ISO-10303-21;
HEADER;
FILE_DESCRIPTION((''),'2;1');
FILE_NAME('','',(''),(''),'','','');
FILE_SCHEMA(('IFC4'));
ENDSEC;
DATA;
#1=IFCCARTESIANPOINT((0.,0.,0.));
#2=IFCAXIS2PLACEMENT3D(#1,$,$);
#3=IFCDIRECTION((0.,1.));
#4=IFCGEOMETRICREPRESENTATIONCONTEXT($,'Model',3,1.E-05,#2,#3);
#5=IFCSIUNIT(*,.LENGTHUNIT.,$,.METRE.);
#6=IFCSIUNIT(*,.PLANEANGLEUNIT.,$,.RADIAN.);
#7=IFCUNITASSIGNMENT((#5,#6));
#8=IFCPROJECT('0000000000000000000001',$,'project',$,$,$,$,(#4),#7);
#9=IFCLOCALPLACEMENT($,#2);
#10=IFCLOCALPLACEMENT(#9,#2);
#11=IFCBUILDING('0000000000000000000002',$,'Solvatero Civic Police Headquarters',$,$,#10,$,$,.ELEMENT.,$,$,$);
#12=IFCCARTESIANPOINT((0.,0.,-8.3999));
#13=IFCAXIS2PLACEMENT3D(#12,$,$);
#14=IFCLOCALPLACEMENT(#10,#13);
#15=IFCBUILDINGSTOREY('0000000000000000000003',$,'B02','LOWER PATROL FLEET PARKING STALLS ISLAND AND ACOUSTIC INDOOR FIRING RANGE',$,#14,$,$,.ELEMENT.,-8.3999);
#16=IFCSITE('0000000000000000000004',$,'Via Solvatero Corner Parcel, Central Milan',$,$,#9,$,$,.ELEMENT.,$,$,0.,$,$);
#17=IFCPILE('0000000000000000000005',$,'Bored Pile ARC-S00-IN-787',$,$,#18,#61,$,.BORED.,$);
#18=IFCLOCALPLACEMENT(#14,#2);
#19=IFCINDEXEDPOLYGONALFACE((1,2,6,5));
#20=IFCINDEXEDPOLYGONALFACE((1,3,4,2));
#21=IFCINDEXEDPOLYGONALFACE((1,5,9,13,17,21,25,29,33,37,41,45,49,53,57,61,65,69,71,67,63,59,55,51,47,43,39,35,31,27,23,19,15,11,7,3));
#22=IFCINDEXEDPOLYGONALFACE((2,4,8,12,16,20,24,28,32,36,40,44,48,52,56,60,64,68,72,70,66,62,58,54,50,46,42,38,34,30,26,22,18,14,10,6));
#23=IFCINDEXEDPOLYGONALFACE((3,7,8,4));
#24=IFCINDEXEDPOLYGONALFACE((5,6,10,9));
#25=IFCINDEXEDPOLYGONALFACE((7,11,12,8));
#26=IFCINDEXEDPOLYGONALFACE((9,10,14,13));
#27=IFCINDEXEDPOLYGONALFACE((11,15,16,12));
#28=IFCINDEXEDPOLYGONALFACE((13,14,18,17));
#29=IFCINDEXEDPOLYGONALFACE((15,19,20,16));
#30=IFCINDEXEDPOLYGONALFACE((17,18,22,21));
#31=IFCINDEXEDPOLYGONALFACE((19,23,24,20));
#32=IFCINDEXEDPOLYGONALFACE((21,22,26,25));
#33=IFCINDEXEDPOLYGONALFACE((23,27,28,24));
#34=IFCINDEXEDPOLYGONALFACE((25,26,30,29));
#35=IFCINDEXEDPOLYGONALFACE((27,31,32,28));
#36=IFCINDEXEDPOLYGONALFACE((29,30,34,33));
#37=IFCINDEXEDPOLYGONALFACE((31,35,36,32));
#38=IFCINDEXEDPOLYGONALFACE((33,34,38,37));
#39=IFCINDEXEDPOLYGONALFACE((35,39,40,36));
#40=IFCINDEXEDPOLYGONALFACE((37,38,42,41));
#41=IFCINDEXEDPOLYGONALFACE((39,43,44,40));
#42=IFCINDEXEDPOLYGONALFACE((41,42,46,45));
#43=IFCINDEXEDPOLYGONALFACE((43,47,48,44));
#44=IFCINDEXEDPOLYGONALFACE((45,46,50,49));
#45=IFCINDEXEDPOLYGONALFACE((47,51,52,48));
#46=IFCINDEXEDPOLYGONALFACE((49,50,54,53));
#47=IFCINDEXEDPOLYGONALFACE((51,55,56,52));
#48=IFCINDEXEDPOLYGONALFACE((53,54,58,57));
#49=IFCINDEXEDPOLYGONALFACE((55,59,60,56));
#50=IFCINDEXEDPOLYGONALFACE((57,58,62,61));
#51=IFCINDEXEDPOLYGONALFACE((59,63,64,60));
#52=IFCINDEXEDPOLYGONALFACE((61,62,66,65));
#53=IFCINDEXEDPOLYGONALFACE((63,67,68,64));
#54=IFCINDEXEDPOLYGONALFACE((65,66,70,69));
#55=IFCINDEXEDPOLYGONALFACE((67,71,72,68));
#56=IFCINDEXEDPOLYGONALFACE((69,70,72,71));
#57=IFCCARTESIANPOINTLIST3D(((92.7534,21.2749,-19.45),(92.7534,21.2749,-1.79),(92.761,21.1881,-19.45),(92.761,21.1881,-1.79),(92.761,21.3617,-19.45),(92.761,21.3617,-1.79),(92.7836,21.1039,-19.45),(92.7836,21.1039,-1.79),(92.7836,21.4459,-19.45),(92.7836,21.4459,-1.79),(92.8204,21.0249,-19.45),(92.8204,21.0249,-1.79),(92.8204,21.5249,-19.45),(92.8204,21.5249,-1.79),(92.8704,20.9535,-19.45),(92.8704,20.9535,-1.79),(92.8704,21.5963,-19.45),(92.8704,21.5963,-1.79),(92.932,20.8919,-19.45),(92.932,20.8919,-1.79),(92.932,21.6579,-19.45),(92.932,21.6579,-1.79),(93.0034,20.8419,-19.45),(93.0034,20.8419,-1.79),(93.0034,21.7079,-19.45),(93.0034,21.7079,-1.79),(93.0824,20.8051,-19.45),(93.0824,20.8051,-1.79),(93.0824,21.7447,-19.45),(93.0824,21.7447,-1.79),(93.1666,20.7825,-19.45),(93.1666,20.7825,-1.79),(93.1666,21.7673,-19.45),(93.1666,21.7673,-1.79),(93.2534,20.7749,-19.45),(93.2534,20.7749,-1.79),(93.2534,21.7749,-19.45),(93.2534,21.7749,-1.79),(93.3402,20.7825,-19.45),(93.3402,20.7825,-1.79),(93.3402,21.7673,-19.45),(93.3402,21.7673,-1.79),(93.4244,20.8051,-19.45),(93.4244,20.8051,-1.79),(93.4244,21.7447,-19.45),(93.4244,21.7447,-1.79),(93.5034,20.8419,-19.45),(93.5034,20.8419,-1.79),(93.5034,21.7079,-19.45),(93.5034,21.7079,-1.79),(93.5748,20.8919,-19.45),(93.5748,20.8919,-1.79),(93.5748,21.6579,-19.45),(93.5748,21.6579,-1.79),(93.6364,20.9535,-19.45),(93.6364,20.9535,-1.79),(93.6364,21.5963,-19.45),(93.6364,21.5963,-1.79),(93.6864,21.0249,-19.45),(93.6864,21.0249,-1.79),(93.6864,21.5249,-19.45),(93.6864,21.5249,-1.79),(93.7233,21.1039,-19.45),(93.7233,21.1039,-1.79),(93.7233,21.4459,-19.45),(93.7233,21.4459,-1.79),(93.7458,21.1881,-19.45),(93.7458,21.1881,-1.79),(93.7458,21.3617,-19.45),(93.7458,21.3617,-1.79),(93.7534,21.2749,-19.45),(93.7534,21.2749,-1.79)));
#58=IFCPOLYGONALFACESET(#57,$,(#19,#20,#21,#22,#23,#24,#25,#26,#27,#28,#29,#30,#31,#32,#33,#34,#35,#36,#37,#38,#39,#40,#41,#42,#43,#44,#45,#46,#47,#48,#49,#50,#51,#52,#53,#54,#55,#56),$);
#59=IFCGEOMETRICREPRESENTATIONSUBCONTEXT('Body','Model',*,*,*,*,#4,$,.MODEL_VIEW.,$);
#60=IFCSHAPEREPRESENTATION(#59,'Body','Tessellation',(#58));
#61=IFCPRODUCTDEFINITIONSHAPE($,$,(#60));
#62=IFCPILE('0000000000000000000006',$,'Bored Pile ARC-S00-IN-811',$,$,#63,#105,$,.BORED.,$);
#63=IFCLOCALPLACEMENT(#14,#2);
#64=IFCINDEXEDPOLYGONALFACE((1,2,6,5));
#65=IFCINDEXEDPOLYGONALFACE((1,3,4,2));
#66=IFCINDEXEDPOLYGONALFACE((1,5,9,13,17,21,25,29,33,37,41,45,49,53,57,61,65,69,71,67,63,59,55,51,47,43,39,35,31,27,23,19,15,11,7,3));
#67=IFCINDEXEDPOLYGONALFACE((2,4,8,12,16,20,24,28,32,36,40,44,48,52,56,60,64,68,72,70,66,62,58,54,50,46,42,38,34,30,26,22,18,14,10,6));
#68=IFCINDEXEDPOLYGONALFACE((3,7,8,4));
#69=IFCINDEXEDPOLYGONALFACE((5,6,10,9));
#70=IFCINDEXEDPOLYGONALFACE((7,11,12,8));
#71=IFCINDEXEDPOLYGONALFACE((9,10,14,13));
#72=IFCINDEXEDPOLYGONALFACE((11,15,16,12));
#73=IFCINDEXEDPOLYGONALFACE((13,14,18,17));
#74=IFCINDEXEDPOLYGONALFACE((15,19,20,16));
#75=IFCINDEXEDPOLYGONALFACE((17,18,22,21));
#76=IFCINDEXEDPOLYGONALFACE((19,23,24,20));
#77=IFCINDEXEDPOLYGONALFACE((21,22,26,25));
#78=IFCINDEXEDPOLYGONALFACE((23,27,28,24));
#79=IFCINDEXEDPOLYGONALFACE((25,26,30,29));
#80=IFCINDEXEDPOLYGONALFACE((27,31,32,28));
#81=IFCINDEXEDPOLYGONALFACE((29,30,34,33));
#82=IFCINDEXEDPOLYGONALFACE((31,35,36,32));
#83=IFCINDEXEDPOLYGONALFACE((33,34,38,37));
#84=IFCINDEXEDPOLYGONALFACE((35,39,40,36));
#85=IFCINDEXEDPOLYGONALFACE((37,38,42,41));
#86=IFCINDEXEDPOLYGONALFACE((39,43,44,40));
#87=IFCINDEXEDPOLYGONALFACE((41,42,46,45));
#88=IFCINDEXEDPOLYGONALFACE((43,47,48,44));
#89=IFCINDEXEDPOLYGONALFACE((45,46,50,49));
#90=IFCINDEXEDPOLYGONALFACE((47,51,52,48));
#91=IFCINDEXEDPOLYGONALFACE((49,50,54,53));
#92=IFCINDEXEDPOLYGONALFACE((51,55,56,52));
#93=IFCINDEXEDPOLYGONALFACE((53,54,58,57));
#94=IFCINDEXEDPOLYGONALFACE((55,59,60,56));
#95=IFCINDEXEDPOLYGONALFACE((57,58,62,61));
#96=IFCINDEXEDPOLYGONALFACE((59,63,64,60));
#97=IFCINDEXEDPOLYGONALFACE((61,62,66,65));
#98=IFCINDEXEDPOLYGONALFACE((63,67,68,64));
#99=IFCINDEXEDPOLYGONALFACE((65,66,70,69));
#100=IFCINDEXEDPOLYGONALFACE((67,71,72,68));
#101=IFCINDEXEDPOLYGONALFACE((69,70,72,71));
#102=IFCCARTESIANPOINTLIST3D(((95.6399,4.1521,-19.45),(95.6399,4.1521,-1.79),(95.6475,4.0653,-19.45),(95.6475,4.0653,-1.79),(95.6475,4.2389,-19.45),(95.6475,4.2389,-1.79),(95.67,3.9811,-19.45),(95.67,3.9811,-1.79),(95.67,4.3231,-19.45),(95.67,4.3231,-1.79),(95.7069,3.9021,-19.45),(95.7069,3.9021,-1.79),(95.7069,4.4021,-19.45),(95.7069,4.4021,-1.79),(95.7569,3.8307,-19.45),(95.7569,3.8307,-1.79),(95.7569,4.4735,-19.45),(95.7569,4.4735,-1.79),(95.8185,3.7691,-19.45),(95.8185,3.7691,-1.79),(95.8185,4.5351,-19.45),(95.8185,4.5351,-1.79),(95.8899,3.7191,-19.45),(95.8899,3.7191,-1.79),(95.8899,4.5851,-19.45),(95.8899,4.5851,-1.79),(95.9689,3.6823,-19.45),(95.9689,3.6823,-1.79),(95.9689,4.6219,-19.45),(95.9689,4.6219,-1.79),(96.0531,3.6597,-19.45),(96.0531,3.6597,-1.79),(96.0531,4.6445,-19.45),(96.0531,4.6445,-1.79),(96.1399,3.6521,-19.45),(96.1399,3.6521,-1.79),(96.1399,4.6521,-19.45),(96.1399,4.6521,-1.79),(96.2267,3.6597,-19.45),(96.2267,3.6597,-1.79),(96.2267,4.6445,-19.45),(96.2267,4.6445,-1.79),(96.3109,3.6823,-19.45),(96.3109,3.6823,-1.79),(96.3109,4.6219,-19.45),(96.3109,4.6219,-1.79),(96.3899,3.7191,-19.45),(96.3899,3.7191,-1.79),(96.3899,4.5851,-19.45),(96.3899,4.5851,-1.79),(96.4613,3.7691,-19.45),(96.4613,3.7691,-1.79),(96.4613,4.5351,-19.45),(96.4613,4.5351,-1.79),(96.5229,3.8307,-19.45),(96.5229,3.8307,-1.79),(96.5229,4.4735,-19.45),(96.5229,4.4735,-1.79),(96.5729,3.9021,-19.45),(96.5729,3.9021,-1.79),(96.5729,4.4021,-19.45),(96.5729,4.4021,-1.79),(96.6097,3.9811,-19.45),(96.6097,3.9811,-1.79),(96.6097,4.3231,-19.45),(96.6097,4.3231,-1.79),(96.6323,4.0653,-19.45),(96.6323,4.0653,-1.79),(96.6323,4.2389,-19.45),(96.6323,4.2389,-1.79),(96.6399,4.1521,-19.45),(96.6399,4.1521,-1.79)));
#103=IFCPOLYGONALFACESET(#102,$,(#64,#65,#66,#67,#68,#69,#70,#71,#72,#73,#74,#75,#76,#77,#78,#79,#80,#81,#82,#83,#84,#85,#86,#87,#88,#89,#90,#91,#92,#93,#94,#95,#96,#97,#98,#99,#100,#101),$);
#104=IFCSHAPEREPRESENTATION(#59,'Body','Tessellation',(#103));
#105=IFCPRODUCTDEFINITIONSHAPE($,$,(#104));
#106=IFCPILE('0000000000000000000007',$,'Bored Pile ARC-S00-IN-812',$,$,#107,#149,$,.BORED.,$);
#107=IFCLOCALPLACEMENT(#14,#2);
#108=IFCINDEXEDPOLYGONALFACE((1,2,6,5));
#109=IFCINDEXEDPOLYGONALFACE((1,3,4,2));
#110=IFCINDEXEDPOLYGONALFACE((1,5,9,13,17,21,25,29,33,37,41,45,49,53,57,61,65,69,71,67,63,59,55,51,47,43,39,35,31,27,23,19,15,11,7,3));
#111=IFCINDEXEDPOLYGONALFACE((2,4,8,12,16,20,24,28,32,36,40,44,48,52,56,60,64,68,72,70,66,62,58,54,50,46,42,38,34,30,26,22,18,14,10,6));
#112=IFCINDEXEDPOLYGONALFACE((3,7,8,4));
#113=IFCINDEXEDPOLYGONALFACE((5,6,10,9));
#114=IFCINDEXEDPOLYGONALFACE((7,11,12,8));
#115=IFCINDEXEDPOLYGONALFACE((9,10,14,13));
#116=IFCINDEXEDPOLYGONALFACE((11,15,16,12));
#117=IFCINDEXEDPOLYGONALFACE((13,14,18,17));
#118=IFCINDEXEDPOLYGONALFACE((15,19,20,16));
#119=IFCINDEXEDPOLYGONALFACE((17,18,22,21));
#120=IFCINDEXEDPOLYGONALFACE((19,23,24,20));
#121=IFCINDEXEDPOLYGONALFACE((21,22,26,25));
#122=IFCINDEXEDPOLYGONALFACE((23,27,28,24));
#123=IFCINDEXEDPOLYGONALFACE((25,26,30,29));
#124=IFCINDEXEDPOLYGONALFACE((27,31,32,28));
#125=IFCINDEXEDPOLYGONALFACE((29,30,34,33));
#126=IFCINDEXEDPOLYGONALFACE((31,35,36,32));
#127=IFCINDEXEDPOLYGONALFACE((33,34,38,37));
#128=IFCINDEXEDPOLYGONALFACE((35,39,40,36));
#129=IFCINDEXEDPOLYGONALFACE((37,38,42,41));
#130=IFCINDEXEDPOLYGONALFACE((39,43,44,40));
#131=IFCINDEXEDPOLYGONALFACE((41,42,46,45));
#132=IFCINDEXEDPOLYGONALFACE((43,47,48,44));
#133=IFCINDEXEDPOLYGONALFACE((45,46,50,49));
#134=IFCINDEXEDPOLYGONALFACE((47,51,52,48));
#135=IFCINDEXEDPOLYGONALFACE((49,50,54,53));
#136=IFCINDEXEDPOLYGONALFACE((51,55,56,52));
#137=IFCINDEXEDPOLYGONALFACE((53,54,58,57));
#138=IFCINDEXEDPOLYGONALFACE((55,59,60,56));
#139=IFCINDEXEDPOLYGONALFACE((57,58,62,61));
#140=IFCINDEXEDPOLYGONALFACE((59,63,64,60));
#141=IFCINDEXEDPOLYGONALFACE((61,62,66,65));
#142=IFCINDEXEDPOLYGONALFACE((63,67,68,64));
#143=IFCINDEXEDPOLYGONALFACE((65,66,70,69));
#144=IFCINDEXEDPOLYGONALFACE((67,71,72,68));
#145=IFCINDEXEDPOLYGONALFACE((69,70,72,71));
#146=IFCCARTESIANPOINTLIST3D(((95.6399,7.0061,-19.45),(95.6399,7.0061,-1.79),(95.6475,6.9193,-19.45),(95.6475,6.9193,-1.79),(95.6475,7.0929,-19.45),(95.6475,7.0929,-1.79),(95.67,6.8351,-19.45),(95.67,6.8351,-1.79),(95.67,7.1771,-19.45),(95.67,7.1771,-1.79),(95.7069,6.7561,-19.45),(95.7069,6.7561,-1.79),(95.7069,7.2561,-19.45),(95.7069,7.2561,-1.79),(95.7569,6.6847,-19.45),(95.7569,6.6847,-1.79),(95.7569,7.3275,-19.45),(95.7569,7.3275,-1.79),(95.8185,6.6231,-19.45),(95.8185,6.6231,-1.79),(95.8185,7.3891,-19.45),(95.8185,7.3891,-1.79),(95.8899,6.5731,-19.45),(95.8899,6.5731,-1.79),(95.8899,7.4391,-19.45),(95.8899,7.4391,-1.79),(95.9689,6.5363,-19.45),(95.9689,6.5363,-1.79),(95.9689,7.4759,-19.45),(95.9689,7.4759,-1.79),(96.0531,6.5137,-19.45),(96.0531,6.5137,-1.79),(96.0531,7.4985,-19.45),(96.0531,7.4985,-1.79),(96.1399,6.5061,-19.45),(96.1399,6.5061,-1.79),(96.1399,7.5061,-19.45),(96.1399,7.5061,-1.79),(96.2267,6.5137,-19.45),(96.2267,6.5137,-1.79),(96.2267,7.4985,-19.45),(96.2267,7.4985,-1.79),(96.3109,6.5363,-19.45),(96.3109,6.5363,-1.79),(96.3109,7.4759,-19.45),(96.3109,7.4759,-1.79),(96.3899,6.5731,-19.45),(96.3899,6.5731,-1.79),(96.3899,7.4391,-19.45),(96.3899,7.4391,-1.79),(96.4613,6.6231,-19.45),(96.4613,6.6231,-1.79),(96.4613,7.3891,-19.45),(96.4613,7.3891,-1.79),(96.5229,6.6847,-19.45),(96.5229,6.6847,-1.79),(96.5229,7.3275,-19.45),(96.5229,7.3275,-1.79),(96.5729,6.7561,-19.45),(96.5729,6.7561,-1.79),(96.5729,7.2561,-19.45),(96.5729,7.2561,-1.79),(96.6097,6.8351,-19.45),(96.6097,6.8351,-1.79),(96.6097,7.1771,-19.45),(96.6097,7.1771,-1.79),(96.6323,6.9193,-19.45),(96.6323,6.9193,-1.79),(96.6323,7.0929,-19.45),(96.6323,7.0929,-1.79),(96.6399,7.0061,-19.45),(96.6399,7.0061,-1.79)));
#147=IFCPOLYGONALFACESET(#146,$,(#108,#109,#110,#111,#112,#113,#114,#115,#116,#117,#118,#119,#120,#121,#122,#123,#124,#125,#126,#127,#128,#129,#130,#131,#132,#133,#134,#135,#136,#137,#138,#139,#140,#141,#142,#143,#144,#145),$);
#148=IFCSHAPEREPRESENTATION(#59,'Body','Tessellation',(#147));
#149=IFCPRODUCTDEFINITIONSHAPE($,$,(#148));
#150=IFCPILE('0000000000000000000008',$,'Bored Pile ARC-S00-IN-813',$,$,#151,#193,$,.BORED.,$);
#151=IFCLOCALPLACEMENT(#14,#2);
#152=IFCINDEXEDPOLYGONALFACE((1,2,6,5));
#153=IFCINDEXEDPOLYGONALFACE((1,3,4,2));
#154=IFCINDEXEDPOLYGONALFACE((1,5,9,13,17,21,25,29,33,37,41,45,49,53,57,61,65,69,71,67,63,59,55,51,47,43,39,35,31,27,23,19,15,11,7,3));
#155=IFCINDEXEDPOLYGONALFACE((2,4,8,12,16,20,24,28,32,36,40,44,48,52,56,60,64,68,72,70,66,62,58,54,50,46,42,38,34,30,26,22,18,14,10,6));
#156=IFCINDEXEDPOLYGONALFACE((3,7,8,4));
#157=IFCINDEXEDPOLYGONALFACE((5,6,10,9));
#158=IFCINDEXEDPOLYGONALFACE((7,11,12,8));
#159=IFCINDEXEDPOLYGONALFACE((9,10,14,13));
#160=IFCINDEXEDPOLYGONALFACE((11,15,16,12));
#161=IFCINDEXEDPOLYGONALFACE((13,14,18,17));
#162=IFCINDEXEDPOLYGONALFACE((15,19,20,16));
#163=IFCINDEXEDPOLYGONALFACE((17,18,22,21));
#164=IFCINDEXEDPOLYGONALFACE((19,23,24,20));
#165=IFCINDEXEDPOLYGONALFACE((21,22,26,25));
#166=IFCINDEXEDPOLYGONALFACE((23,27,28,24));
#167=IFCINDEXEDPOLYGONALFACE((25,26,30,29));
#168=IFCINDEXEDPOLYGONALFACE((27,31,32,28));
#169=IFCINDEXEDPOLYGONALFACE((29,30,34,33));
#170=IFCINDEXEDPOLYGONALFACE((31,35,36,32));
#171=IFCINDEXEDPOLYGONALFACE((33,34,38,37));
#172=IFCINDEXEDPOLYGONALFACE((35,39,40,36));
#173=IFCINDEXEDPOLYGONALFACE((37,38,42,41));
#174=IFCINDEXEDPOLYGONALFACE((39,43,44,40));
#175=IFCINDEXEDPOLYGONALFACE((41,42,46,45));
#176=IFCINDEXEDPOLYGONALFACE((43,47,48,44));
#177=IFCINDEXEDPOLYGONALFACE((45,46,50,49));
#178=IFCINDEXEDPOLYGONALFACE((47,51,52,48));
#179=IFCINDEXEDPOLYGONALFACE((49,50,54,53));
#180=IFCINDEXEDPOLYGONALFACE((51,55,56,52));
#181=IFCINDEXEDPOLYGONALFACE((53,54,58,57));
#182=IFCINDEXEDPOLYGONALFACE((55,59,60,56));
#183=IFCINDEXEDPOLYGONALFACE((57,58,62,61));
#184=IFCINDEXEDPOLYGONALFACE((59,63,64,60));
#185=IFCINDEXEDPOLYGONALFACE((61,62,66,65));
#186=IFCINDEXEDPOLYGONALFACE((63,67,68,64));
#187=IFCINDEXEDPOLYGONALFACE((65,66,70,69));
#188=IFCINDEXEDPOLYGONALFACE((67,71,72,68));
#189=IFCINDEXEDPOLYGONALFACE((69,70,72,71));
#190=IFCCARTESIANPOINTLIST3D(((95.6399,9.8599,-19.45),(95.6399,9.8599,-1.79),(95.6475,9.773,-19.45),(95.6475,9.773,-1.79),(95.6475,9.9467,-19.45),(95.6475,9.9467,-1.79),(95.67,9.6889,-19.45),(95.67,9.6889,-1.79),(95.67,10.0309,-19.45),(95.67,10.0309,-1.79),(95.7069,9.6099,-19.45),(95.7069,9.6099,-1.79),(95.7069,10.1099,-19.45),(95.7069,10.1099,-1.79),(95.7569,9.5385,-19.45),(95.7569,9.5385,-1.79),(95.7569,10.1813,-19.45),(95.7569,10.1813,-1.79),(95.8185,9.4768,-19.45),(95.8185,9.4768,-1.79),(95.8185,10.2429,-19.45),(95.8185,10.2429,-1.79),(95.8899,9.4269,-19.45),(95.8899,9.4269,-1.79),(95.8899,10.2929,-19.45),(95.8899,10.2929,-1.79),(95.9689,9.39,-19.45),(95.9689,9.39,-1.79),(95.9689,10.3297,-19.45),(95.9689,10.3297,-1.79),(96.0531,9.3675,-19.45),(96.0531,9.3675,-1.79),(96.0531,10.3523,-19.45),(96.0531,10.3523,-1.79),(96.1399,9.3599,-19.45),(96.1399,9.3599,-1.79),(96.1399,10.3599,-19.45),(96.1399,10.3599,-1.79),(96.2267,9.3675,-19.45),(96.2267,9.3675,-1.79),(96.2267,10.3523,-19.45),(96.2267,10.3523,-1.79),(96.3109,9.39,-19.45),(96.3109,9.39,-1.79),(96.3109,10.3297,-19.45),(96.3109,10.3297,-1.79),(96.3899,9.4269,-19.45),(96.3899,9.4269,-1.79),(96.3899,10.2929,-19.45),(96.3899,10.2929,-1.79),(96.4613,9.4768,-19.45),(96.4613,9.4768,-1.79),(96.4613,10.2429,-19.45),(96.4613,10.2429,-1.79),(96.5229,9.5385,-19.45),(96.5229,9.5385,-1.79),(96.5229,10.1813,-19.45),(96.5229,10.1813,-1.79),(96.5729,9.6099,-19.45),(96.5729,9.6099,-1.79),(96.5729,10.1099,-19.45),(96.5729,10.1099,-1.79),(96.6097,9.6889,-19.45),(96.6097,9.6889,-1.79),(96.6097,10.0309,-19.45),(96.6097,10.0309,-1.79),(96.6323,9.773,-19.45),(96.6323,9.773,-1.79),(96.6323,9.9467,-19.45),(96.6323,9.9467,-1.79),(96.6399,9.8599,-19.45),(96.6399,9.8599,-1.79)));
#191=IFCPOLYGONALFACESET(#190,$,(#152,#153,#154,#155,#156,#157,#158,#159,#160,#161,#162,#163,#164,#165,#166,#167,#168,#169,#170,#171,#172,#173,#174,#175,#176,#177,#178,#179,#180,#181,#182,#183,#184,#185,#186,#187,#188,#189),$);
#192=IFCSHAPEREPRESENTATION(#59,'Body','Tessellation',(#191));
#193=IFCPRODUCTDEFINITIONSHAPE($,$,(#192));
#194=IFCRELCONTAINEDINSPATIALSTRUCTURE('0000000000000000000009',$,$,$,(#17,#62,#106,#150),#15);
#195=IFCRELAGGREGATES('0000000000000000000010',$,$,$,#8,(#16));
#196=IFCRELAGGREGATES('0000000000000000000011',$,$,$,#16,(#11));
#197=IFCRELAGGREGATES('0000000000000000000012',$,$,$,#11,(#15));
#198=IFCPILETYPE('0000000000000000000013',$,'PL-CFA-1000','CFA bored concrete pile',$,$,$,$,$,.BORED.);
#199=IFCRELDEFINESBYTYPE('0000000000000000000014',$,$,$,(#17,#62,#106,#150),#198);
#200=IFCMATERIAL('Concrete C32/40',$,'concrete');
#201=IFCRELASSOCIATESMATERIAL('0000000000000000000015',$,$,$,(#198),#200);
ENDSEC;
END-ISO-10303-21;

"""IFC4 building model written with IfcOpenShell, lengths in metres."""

from ifc_helpers import new_model, si_unit, direction, frame, origin, origin_2d, place, context, subcontext, project, spatial, circle, extrude, material, material_profile, profile_set, type_object, element, save


model = new_model("IFC4")

# Units and contexts
model_context = context("Model", 3, precision=1e-05, world=origin(), true_north=direction((0.0, 1.0)))
body_context = subcontext(model_context, "Body", "Model", "MODEL_VIEW")
ifc_project = project(units=[si_unit("LENGTHUNIT", "METRE"), si_unit("PLANEANGLEUNIT", "RADIAN")], contexts=[model_context])

# Site, building, storey
site_placement = place(None, origin())
site = spatial("IfcSite", under=ifc_project, at=site_placement, Name="Via Solvatero Corner Parcel, Central Milan", CompositionType="ELEMENT", RefElevation=0.0)
building_placement = place(site_placement, origin())
building = spatial("IfcBuilding", under=site, at=building_placement, Name="Solvatero Civic Police Headquarters", CompositionType="ELEMENT")
storey_placement = place(building_placement, frame((0.0, 0.0, -8.3999)))
storey = spatial("IfcBuildingStorey", under=building, at=storey_placement, Name="B02", Description="LOWER PATROL FLEET PARKING STALLS ISLAND AND ACOUSTIC INDOOR FIRING RANGE", CompositionType="ELEMENT", Elevation=-8.3999)

# Piles
ifc_material_1 = material(Name="Concrete C32/40", Category="concrete")
ifc_material_profile_1 = material_profile(ifc_material_1, circle(Radius=0.5, at=origin_2d()), Name="CFA PILE D1000")
ifc_profile_set_1 = profile_set([ifc_material_profile_1], Name="Concrete C32/40")
pile_type = type_object("IfcPileType", Name="PL-CFA-1000", Description="CFA bored concrete pile", PredefinedType="BORED", material=ifc_profile_set_1)
for number, where, z_axis, x_axis, name in (
    (1, (93.2534, 21.2749, -1.79), (0.0, 0.0, -1.0), (1.0, 0.0, 0.0), "Bored Pile ARC-S00-IN-787"),
    (2, (96.1399, 4.1521, -1.79), (0.0, 0.0, -1.0), (1.0, 0.0, 0.0), "Bored Pile ARC-S00-IN-811"),
    (3, (96.1399, 7.0061, -1.79), (0.0, 0.0, -1.0), (1.0, 0.0, 0.0), "Bored Pile ARC-S00-IN-812"),
    (4, (96.1399, 9.8599, -1.79), (0.0, 0.0, -1.0), (1.0, 0.0, 0.0), "Bored Pile ARC-S00-IN-813"),
):
    element("IfcPile", number, at=place(storey_placement, frame(where, z_axis=z_axis, x_axis=x_axis)), inside=storey, type_object=pile_type, Name=name, PredefinedType="BORED", context=body_context, shape_type="SweptSolid", body=[
        extrude(circle(Radius=0.5, at=origin_2d()), origin(), (0.0, 0.0, 1.0), 17.6599),
    ])

save(model, "model.ifc")
